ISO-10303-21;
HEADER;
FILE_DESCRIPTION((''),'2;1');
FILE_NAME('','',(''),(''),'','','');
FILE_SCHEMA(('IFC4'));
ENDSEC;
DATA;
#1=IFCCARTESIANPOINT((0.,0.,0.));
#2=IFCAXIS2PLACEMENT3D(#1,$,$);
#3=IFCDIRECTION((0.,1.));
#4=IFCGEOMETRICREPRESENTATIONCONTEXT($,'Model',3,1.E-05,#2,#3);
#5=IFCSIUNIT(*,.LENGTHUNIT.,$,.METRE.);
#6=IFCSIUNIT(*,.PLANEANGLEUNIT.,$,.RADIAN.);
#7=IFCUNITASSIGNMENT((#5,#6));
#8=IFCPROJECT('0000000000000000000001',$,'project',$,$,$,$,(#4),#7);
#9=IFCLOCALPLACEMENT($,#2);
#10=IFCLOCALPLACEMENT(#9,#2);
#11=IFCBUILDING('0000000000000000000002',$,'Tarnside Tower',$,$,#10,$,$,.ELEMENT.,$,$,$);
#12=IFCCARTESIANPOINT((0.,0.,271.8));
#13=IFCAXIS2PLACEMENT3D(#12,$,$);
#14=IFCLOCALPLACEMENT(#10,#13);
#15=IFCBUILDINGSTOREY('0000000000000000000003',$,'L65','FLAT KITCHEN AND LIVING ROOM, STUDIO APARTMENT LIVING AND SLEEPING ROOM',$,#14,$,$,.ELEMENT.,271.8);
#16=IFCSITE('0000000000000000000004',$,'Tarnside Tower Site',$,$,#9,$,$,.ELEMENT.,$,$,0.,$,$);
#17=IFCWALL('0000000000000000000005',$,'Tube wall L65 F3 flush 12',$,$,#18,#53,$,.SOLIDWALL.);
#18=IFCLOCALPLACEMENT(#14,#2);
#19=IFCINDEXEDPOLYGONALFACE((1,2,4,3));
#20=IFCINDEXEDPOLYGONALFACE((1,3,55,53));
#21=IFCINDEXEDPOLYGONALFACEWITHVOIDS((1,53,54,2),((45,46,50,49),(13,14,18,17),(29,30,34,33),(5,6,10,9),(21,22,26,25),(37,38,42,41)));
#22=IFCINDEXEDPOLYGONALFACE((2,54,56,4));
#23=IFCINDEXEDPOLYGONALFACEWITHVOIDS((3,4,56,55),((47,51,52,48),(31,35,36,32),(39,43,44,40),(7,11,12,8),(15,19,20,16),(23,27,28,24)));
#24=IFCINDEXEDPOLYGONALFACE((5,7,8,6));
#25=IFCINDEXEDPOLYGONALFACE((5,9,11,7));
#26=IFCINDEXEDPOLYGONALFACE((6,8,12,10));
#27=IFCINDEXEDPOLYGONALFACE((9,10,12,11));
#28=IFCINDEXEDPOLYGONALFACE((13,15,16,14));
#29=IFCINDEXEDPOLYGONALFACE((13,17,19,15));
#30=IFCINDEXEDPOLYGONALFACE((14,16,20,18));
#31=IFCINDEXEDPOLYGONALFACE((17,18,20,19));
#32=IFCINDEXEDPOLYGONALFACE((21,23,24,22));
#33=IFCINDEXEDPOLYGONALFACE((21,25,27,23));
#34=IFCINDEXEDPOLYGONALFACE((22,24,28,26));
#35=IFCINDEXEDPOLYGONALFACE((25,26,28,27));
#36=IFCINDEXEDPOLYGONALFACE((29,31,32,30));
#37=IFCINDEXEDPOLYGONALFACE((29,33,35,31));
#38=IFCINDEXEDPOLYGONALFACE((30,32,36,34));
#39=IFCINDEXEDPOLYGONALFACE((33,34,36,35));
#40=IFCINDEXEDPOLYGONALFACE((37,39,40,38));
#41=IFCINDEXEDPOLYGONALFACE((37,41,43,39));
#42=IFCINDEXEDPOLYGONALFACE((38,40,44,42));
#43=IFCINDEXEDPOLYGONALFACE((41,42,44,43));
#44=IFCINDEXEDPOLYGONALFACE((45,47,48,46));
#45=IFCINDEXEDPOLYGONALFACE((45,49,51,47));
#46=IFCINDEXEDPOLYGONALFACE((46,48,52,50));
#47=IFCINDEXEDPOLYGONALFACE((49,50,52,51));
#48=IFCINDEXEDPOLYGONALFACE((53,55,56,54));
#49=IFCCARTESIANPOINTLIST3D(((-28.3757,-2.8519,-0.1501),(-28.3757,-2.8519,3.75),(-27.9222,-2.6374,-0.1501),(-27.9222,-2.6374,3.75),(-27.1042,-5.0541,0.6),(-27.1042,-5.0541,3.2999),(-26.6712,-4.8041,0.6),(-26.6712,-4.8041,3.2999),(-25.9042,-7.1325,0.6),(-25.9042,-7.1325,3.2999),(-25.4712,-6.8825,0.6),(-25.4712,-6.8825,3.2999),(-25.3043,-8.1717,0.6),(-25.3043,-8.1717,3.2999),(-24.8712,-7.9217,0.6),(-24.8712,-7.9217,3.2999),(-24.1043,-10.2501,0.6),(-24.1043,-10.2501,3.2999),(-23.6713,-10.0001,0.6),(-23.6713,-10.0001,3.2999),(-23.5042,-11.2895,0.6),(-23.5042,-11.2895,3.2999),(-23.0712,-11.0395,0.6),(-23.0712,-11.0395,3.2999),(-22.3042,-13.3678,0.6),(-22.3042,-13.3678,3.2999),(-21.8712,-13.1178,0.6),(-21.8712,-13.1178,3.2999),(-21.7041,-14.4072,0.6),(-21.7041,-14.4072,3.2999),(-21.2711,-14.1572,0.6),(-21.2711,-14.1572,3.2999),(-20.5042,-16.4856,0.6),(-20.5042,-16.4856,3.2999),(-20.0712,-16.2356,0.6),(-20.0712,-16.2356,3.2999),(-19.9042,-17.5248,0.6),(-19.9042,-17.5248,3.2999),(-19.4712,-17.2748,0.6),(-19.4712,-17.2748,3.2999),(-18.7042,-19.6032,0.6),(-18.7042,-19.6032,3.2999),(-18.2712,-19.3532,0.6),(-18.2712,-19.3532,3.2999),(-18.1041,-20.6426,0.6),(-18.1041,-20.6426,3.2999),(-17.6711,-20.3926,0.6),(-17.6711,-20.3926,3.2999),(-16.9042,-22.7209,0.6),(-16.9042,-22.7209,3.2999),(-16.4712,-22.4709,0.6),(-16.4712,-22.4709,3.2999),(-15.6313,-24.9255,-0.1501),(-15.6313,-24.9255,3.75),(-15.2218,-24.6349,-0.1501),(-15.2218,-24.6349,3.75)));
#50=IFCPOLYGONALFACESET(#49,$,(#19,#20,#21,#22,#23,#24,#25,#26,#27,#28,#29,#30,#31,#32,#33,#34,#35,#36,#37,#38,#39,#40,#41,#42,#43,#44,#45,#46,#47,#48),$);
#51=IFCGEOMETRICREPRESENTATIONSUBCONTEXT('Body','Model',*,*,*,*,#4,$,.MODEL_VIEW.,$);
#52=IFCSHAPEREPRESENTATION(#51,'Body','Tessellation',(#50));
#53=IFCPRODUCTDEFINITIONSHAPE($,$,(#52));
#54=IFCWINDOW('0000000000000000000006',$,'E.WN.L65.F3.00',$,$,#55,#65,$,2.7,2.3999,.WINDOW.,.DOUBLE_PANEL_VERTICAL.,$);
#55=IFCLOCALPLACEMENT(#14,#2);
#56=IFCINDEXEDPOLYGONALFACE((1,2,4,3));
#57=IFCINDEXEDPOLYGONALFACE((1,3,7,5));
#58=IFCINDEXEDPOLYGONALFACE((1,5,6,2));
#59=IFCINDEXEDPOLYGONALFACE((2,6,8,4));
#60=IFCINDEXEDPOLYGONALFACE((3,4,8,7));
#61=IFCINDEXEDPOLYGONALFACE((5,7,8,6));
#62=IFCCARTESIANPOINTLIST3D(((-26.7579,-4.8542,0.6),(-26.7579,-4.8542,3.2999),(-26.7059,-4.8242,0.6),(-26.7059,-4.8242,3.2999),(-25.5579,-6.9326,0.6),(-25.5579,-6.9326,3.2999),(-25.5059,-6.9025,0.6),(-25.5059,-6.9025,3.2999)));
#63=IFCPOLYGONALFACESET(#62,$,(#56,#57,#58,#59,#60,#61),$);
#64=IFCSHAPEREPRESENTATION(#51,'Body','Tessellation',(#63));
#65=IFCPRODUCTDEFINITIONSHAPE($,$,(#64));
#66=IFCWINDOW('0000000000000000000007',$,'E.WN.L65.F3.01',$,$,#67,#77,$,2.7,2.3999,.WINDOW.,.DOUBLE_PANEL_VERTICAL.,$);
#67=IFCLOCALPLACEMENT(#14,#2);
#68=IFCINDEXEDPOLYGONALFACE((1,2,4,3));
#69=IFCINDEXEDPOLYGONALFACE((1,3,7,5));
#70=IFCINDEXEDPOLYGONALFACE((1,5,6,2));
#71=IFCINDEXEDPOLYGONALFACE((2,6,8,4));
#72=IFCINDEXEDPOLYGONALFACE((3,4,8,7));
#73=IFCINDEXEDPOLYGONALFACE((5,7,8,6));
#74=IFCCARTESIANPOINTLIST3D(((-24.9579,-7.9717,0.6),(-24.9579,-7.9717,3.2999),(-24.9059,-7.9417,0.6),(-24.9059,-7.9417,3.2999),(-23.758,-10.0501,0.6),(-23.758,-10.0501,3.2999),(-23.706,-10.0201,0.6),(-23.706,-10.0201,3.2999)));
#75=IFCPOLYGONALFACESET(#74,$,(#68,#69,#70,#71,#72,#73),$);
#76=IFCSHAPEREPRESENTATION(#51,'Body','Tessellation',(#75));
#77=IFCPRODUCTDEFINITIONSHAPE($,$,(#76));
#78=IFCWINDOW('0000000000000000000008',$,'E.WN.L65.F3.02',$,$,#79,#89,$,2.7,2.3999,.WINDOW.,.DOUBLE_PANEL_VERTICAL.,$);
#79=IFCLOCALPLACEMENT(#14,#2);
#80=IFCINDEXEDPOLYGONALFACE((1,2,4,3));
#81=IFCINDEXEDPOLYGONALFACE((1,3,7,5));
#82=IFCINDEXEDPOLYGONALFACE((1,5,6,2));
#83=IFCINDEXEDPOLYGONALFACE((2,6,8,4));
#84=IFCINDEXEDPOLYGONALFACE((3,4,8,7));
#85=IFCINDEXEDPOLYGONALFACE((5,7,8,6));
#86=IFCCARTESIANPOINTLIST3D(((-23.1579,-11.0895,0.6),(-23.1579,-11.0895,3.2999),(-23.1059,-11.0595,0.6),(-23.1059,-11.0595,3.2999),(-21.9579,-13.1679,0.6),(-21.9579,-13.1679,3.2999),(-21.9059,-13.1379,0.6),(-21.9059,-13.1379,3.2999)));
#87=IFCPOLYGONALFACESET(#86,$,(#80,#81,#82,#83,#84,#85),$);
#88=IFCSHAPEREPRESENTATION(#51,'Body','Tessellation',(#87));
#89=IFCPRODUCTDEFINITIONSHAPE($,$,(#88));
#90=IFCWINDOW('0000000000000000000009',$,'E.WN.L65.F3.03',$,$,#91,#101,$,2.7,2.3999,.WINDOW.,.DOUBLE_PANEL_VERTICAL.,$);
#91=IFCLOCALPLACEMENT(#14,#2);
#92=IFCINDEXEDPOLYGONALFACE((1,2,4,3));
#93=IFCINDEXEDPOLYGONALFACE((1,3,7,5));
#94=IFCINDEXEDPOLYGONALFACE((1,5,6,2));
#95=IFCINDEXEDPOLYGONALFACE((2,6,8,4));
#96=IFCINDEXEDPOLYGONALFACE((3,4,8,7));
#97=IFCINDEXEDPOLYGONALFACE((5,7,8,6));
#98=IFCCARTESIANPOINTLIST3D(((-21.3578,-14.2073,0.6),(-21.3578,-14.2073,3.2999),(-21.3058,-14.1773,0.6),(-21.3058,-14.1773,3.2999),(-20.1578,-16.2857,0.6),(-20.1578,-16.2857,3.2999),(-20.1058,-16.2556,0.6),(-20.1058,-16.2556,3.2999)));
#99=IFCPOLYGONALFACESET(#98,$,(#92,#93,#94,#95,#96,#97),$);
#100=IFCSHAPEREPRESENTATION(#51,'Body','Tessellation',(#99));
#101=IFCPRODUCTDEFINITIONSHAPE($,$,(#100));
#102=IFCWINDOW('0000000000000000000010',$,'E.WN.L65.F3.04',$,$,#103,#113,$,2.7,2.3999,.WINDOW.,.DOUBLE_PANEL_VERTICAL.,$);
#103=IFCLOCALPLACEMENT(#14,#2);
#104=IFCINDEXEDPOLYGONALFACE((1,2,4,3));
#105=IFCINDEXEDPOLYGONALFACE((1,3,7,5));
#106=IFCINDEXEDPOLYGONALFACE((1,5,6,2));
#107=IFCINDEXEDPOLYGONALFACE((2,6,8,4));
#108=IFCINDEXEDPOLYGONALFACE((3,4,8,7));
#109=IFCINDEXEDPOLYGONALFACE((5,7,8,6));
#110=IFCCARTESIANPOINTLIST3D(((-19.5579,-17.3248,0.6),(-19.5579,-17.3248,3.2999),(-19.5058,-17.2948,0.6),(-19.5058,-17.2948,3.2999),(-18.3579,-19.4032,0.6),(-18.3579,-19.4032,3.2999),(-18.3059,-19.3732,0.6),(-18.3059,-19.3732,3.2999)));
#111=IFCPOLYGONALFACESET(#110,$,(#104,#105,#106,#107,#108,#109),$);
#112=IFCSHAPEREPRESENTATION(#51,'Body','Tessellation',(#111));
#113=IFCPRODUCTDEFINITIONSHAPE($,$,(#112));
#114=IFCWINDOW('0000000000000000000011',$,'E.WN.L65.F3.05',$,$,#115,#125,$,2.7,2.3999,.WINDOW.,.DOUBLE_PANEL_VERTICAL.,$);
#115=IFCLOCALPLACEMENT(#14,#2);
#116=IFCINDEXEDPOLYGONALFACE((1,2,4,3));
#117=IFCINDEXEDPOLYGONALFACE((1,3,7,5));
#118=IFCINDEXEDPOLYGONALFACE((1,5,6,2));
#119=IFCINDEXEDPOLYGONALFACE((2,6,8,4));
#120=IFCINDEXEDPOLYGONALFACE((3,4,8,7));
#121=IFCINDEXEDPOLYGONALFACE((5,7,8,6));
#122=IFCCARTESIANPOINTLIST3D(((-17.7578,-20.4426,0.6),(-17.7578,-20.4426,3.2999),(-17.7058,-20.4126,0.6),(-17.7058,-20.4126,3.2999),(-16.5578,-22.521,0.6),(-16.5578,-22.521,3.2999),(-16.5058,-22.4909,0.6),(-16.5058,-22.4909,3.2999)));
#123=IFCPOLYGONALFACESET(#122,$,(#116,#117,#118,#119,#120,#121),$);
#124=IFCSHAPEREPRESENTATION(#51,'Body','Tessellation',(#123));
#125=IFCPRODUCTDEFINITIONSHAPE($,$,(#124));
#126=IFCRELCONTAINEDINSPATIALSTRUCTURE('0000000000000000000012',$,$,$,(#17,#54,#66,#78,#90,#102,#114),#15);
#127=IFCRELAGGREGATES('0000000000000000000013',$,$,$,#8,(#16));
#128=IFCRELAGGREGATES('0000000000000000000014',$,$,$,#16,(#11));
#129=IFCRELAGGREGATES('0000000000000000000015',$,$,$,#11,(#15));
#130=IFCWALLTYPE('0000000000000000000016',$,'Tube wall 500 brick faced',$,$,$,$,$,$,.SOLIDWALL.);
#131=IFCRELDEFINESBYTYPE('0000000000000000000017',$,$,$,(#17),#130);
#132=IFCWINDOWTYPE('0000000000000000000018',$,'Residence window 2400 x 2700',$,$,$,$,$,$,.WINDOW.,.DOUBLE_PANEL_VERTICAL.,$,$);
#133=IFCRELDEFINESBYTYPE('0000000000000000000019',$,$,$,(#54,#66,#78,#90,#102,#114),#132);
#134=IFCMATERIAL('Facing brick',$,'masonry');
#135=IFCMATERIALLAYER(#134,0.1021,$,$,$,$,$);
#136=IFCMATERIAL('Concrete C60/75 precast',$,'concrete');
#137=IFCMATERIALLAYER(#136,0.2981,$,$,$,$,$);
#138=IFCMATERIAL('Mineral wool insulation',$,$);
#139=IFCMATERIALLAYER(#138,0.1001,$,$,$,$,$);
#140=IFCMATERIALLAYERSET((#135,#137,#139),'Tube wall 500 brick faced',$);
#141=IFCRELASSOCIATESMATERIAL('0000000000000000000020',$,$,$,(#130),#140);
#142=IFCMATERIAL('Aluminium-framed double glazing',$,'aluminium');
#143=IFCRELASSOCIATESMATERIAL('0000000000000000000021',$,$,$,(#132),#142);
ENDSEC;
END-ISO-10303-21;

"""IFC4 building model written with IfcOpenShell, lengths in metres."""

from ifc_helpers import new_model, si_unit, direction, frame, frame_2d, origin, place, context, subcontext, project, spatial, polyline, rectangle, outline, extrude, material, layer, layer_set, type_object, element, fill, save


model = new_model("IFC4")

# Units and contexts
model_context = context("Model", 3, precision=1e-05, world=origin(), true_north=direction((0.0, 1.0)))
body_context = subcontext(model_context, "Body", "Model", "MODEL_VIEW")
ifc_project = project(units=[si_unit("LENGTHUNIT", "METRE"), si_unit("PLANEANGLEUNIT", "RADIAN")], contexts=[model_context])

# Site, building, storey
site_placement = place(None, origin())
site = spatial("IfcSite", under=ifc_project, at=site_placement, Name="Tarnside Tower Site", CompositionType="ELEMENT", RefElevation=0.0)
building_placement = place(site_placement, origin())
building = spatial("IfcBuilding", under=site, at=building_placement, Name="Tarnside Tower", CompositionType="ELEMENT")
storey_placement = place(building_placement, frame((0.0, 0.0, 271.8)))
storey = spatial("IfcBuildingStorey", under=building, at=storey_placement, Name="L65", Description="FLAT KITCHEN AND LIVING ROOM, STUDIO APARTMENT LIVING AND SLEEPING ROOM", CompositionType="ELEMENT", Elevation=271.8)

# Shared definitions
ifc_material_1 = material(Name="Facing brick", Category="masonry")
ifc_layer_1 = layer(ifc_material_1, 0.1021)
ifc_material_2 = material(Name="Concrete C60/75 precast", Category="concrete")
ifc_layer_2 = layer(ifc_material_2, 0.2981)
ifc_material_3 = material(Name="Mineral wool insulation")
ifc_layer_3 = layer(ifc_material_3, 0.1001)
ifc_layer_set_1 = layer_set([ifc_layer_1, ifc_layer_2, ifc_layer_3], Name="Tube wall 500 brick faced")
wall_type_1 = type_object("IfcWallType", Name="Tube wall 500 brick faced", PredefinedType="SOLIDWALL", material=ifc_layer_set_1)

# Wall, openings, windows
wall_1_placement = place(storey_placement, frame((-28.1489, -2.7446, -0.1501), z_axis=(0.0, 0.0, 1.0), x_axis=(0.500004, -0.866023, 0.0)))
wall_1 = element("IfcWall", 1, at=wall_1_placement, inside=storey, type_object=wall_type_1, Name="Tube wall L65 F3 flush 12", PredefinedType="SOLIDWALL", context=body_context, shape_type="SweptSolid", body=[
    extrude(outline(polyline([(-0.0205, -0.25), (25.468, -0.25), (25.4211, 0.25), (0.0205, 0.25), (-0.0205, -0.25)])), origin(), (0.0, 0.0, 1.0), 3.9001),
])
opening_1_placement = place(wall_1_placement, frame((2.5225, 0.0, 0.75)))
opening_1 = element("IfcOpeningElement", 2, at=opening_1_placement, cuts=wall_1, PredefinedType="OPENING", context=body_context, shape_type="SweptSolid", body=[
    extrude(rectangle(XDim=2.3999, YDim=2.7, at=frame_2d((1.2, 1.3501))), frame((0.0, 0.26, 0.0), z_axis=(0.0, -1.0, 0.0), x_axis=(1.0, 0.0, 0.0)), (0.0, 0.0, 1.0), 0.52),
])
opening_2_placement = place(wall_1_placement, frame((6.1223, 0.0, 0.75)))
opening_2 = element("IfcOpeningElement", 3, at=opening_2_placement, cuts=wall_1, PredefinedType="OPENING", context=body_context, shape_type="SweptSolid", body=[
    extrude(rectangle(XDim=2.3999, YDim=2.7, at=frame_2d((1.2, 1.3501))), frame((0.0, 0.26, 0.0), z_axis=(0.0, -1.0, 0.0), x_axis=(1.0, 0.0, 0.0)), (0.0, 0.0, 1.0), 0.52),
])
opening_3_placement = place(wall_1_placement, frame((9.7224, 0.0, 0.75)))
opening_3 = element("IfcOpeningElement", 4, at=opening_3_placement, cuts=wall_1, PredefinedType="OPENING", context=body_context, shape_type="SweptSolid", body=[
    extrude(rectangle(XDim=2.3999, YDim=2.7, at=frame_2d((1.2, 1.3501))), frame((0.0, 0.26, 0.0), z_axis=(0.0, -1.0, 0.0), x_axis=(1.0, 0.0, 0.0)), (0.0, 0.0, 1.0), 0.52),
])
opening_4_placement = place(wall_1_placement, frame((13.3225, 0.0, 0.75)))
opening_4 = element("IfcOpeningElement", 5, at=opening_4_placement, cuts=wall_1, PredefinedType="OPENING", context=body_context, shape_type="SweptSolid", body=[
    extrude(rectangle(XDim=2.3999, YDim=2.7, at=frame_2d((1.2, 1.3501))), frame((0.0, 0.26, 0.0), z_axis=(0.0, -1.0, 0.0), x_axis=(1.0, 0.0, 0.0)), (0.0, 0.0, 1.0), 0.52),
])
opening_5_placement = place(wall_1_placement, frame((16.9224, 0.0, 0.75)))
opening_5 = element("IfcOpeningElement", 6, at=opening_5_placement, cuts=wall_1, PredefinedType="OPENING", context=body_context, shape_type="SweptSolid", body=[
    extrude(rectangle(XDim=2.3999, YDim=2.7, at=frame_2d((1.2, 1.3501))), frame((0.0, 0.26, 0.0), z_axis=(0.0, -1.0, 0.0), x_axis=(1.0, 0.0, 0.0)), (0.0, 0.0, 1.0), 0.52),
])
opening_6_placement = place(wall_1_placement, frame((20.5225, 0.0, 0.75)))
opening_6 = element("IfcOpeningElement", 7, at=opening_6_placement, cuts=wall_1, PredefinedType="OPENING", context=body_context, shape_type="SweptSolid", body=[
    extrude(rectangle(XDim=2.3999, YDim=2.7, at=frame_2d((1.2, 1.3501))), frame((0.0, 0.26, 0.0), z_axis=(0.0, -1.0, 0.0), x_axis=(1.0, 0.0, 0.0)), (0.0, 0.0, 1.0), 0.52),
])
ifc_material_4 = material(Name="Aluminium-framed double glazing", Category="aluminium")
window_type = type_object("IfcWindowType", Name="Residence window 2400 x 2700", PartitioningType="DOUBLE_PANEL_VERTICAL", PredefinedType="WINDOW", material=ifc_material_4)
window_1_placement = place(opening_1_placement, frame((0.0, 0.1799, 0.0)))
window_1 = element("IfcWindow", 8, at=window_1_placement, inside=storey, type_object=window_type, Name="E.WN.L65.F3.00", OverallHeight=2.7, OverallWidth=2.3999, PartitioningType="DOUBLE_PANEL_VERTICAL", PredefinedType="WINDOW", context=body_context, shape_type="SweptSolid", body=[
    extrude(rectangle(XDim=2.3999, YDim=2.7, at=frame_2d((1.2, 1.3501))), frame((0.0, 0.03, 0.0), z_axis=(0.0, -1.0, 0.0), x_axis=(1.0, 0.0, 0.0)), (0.0, 0.0, 1.0), 0.0601),
])
fill(opening_1, window_1)
window_2_placement = place(opening_2_placement, frame((0.0, 0.1799, 0.0)))
window_2 = element("IfcWindow", 9, at=window_2_placement, inside=storey, type_object=window_type, Name="E.WN.L65.F3.01", OverallHeight=2.7, OverallWidth=2.3999, PartitioningType="DOUBLE_PANEL_VERTICAL", PredefinedType="WINDOW", context=body_context, shape_type="SweptSolid", body=[
    extrude(rectangle(XDim=2.3999, YDim=2.7, at=frame_2d((1.2, 1.3501))), frame((0.0, 0.03, 0.0), z_axis=(0.0, -1.0, 0.0), x_axis=(1.0, 0.0, 0.0)), (0.0, 0.0, 1.0), 0.0601),
])
fill(opening_2, window_2)
window_3_placement = place(opening_3_placement, frame((0.0, 0.1799, 0.0)))
window_3 = element("IfcWindow", 10, at=window_3_placement, inside=storey, type_object=window_type, Name="E.WN.L65.F3.02", OverallHeight=2.7, OverallWidth=2.3999, PartitioningType="DOUBLE_PANEL_VERTICAL", PredefinedType="WINDOW", context=body_context, shape_type="SweptSolid", body=[
    extrude(rectangle(XDim=2.3999, YDim=2.7, at=frame_2d((1.2, 1.3501))), frame((0.0, 0.03, 0.0), z_axis=(0.0, -1.0, 0.0), x_axis=(1.0, 0.0, 0.0)), (0.0, 0.0, 1.0), 0.0601),
])
fill(opening_3, window_3)
window_4_placement = place(opening_4_placement, frame((0.0, 0.1799, 0.0)))
window_4 = element("IfcWindow", 11, at=window_4_placement, inside=storey, type_object=window_type, Name="E.WN.L65.F3.03", OverallHeight=2.7, OverallWidth=2.3999, PartitioningType="DOUBLE_PANEL_VERTICAL", PredefinedType="WINDOW", context=body_context, shape_type="SweptSolid", body=[
    extrude(rectangle(XDim=2.3999, YDim=2.7, at=frame_2d((1.2, 1.3501))), frame((0.0, 0.03, 0.0), z_axis=(0.0, -1.0, 0.0), x_axis=(1.0, 0.0, 0.0)), (0.0, 0.0, 1.0), 0.0601),
])
fill(opening_4, window_4)
window_5_placement = place(opening_5_placement, frame((0.0, 0.1799, 0.0)))
window_5 = element("IfcWindow", 12, at=window_5_placement, inside=storey, type_object=window_type, Name="E.WN.L65.F3.04", OverallHeight=2.7, OverallWidth=2.3999, PartitioningType="DOUBLE_PANEL_VERTICAL", PredefinedType="WINDOW", context=body_context, shape_type="SweptSolid", body=[
    extrude(rectangle(XDim=2.3999, YDim=2.7, at=frame_2d((1.2, 1.3501))), frame((0.0, 0.03, 0.0), z_axis=(0.0, -1.0, 0.0), x_axis=(1.0, 0.0, 0.0)), (0.0, 0.0, 1.0), 0.0601),
])
fill(opening_5, window_5)
window_6_placement = place(opening_6_placement, frame((0.0, 0.1799, 0.0)))
window_6 = element("IfcWindow", 13, at=window_6_placement, inside=storey, type_object=window_type, Name="E.WN.L65.F3.05", OverallHeight=2.7, OverallWidth=2.3999, PartitioningType="DOUBLE_PANEL_VERTICAL", PredefinedType="WINDOW", context=body_context, shape_type="SweptSolid", body=[
    extrude(rectangle(XDim=2.3999, YDim=2.7, at=frame_2d((1.2, 1.3501))), frame((0.0, 0.03, 0.0), z_axis=(0.0, -1.0, 0.0), x_axis=(1.0, 0.0, 0.0)), (0.0, 0.0, 1.0), 0.0601),
])
fill(opening_6, window_6)

save(model, "model.ifc")
